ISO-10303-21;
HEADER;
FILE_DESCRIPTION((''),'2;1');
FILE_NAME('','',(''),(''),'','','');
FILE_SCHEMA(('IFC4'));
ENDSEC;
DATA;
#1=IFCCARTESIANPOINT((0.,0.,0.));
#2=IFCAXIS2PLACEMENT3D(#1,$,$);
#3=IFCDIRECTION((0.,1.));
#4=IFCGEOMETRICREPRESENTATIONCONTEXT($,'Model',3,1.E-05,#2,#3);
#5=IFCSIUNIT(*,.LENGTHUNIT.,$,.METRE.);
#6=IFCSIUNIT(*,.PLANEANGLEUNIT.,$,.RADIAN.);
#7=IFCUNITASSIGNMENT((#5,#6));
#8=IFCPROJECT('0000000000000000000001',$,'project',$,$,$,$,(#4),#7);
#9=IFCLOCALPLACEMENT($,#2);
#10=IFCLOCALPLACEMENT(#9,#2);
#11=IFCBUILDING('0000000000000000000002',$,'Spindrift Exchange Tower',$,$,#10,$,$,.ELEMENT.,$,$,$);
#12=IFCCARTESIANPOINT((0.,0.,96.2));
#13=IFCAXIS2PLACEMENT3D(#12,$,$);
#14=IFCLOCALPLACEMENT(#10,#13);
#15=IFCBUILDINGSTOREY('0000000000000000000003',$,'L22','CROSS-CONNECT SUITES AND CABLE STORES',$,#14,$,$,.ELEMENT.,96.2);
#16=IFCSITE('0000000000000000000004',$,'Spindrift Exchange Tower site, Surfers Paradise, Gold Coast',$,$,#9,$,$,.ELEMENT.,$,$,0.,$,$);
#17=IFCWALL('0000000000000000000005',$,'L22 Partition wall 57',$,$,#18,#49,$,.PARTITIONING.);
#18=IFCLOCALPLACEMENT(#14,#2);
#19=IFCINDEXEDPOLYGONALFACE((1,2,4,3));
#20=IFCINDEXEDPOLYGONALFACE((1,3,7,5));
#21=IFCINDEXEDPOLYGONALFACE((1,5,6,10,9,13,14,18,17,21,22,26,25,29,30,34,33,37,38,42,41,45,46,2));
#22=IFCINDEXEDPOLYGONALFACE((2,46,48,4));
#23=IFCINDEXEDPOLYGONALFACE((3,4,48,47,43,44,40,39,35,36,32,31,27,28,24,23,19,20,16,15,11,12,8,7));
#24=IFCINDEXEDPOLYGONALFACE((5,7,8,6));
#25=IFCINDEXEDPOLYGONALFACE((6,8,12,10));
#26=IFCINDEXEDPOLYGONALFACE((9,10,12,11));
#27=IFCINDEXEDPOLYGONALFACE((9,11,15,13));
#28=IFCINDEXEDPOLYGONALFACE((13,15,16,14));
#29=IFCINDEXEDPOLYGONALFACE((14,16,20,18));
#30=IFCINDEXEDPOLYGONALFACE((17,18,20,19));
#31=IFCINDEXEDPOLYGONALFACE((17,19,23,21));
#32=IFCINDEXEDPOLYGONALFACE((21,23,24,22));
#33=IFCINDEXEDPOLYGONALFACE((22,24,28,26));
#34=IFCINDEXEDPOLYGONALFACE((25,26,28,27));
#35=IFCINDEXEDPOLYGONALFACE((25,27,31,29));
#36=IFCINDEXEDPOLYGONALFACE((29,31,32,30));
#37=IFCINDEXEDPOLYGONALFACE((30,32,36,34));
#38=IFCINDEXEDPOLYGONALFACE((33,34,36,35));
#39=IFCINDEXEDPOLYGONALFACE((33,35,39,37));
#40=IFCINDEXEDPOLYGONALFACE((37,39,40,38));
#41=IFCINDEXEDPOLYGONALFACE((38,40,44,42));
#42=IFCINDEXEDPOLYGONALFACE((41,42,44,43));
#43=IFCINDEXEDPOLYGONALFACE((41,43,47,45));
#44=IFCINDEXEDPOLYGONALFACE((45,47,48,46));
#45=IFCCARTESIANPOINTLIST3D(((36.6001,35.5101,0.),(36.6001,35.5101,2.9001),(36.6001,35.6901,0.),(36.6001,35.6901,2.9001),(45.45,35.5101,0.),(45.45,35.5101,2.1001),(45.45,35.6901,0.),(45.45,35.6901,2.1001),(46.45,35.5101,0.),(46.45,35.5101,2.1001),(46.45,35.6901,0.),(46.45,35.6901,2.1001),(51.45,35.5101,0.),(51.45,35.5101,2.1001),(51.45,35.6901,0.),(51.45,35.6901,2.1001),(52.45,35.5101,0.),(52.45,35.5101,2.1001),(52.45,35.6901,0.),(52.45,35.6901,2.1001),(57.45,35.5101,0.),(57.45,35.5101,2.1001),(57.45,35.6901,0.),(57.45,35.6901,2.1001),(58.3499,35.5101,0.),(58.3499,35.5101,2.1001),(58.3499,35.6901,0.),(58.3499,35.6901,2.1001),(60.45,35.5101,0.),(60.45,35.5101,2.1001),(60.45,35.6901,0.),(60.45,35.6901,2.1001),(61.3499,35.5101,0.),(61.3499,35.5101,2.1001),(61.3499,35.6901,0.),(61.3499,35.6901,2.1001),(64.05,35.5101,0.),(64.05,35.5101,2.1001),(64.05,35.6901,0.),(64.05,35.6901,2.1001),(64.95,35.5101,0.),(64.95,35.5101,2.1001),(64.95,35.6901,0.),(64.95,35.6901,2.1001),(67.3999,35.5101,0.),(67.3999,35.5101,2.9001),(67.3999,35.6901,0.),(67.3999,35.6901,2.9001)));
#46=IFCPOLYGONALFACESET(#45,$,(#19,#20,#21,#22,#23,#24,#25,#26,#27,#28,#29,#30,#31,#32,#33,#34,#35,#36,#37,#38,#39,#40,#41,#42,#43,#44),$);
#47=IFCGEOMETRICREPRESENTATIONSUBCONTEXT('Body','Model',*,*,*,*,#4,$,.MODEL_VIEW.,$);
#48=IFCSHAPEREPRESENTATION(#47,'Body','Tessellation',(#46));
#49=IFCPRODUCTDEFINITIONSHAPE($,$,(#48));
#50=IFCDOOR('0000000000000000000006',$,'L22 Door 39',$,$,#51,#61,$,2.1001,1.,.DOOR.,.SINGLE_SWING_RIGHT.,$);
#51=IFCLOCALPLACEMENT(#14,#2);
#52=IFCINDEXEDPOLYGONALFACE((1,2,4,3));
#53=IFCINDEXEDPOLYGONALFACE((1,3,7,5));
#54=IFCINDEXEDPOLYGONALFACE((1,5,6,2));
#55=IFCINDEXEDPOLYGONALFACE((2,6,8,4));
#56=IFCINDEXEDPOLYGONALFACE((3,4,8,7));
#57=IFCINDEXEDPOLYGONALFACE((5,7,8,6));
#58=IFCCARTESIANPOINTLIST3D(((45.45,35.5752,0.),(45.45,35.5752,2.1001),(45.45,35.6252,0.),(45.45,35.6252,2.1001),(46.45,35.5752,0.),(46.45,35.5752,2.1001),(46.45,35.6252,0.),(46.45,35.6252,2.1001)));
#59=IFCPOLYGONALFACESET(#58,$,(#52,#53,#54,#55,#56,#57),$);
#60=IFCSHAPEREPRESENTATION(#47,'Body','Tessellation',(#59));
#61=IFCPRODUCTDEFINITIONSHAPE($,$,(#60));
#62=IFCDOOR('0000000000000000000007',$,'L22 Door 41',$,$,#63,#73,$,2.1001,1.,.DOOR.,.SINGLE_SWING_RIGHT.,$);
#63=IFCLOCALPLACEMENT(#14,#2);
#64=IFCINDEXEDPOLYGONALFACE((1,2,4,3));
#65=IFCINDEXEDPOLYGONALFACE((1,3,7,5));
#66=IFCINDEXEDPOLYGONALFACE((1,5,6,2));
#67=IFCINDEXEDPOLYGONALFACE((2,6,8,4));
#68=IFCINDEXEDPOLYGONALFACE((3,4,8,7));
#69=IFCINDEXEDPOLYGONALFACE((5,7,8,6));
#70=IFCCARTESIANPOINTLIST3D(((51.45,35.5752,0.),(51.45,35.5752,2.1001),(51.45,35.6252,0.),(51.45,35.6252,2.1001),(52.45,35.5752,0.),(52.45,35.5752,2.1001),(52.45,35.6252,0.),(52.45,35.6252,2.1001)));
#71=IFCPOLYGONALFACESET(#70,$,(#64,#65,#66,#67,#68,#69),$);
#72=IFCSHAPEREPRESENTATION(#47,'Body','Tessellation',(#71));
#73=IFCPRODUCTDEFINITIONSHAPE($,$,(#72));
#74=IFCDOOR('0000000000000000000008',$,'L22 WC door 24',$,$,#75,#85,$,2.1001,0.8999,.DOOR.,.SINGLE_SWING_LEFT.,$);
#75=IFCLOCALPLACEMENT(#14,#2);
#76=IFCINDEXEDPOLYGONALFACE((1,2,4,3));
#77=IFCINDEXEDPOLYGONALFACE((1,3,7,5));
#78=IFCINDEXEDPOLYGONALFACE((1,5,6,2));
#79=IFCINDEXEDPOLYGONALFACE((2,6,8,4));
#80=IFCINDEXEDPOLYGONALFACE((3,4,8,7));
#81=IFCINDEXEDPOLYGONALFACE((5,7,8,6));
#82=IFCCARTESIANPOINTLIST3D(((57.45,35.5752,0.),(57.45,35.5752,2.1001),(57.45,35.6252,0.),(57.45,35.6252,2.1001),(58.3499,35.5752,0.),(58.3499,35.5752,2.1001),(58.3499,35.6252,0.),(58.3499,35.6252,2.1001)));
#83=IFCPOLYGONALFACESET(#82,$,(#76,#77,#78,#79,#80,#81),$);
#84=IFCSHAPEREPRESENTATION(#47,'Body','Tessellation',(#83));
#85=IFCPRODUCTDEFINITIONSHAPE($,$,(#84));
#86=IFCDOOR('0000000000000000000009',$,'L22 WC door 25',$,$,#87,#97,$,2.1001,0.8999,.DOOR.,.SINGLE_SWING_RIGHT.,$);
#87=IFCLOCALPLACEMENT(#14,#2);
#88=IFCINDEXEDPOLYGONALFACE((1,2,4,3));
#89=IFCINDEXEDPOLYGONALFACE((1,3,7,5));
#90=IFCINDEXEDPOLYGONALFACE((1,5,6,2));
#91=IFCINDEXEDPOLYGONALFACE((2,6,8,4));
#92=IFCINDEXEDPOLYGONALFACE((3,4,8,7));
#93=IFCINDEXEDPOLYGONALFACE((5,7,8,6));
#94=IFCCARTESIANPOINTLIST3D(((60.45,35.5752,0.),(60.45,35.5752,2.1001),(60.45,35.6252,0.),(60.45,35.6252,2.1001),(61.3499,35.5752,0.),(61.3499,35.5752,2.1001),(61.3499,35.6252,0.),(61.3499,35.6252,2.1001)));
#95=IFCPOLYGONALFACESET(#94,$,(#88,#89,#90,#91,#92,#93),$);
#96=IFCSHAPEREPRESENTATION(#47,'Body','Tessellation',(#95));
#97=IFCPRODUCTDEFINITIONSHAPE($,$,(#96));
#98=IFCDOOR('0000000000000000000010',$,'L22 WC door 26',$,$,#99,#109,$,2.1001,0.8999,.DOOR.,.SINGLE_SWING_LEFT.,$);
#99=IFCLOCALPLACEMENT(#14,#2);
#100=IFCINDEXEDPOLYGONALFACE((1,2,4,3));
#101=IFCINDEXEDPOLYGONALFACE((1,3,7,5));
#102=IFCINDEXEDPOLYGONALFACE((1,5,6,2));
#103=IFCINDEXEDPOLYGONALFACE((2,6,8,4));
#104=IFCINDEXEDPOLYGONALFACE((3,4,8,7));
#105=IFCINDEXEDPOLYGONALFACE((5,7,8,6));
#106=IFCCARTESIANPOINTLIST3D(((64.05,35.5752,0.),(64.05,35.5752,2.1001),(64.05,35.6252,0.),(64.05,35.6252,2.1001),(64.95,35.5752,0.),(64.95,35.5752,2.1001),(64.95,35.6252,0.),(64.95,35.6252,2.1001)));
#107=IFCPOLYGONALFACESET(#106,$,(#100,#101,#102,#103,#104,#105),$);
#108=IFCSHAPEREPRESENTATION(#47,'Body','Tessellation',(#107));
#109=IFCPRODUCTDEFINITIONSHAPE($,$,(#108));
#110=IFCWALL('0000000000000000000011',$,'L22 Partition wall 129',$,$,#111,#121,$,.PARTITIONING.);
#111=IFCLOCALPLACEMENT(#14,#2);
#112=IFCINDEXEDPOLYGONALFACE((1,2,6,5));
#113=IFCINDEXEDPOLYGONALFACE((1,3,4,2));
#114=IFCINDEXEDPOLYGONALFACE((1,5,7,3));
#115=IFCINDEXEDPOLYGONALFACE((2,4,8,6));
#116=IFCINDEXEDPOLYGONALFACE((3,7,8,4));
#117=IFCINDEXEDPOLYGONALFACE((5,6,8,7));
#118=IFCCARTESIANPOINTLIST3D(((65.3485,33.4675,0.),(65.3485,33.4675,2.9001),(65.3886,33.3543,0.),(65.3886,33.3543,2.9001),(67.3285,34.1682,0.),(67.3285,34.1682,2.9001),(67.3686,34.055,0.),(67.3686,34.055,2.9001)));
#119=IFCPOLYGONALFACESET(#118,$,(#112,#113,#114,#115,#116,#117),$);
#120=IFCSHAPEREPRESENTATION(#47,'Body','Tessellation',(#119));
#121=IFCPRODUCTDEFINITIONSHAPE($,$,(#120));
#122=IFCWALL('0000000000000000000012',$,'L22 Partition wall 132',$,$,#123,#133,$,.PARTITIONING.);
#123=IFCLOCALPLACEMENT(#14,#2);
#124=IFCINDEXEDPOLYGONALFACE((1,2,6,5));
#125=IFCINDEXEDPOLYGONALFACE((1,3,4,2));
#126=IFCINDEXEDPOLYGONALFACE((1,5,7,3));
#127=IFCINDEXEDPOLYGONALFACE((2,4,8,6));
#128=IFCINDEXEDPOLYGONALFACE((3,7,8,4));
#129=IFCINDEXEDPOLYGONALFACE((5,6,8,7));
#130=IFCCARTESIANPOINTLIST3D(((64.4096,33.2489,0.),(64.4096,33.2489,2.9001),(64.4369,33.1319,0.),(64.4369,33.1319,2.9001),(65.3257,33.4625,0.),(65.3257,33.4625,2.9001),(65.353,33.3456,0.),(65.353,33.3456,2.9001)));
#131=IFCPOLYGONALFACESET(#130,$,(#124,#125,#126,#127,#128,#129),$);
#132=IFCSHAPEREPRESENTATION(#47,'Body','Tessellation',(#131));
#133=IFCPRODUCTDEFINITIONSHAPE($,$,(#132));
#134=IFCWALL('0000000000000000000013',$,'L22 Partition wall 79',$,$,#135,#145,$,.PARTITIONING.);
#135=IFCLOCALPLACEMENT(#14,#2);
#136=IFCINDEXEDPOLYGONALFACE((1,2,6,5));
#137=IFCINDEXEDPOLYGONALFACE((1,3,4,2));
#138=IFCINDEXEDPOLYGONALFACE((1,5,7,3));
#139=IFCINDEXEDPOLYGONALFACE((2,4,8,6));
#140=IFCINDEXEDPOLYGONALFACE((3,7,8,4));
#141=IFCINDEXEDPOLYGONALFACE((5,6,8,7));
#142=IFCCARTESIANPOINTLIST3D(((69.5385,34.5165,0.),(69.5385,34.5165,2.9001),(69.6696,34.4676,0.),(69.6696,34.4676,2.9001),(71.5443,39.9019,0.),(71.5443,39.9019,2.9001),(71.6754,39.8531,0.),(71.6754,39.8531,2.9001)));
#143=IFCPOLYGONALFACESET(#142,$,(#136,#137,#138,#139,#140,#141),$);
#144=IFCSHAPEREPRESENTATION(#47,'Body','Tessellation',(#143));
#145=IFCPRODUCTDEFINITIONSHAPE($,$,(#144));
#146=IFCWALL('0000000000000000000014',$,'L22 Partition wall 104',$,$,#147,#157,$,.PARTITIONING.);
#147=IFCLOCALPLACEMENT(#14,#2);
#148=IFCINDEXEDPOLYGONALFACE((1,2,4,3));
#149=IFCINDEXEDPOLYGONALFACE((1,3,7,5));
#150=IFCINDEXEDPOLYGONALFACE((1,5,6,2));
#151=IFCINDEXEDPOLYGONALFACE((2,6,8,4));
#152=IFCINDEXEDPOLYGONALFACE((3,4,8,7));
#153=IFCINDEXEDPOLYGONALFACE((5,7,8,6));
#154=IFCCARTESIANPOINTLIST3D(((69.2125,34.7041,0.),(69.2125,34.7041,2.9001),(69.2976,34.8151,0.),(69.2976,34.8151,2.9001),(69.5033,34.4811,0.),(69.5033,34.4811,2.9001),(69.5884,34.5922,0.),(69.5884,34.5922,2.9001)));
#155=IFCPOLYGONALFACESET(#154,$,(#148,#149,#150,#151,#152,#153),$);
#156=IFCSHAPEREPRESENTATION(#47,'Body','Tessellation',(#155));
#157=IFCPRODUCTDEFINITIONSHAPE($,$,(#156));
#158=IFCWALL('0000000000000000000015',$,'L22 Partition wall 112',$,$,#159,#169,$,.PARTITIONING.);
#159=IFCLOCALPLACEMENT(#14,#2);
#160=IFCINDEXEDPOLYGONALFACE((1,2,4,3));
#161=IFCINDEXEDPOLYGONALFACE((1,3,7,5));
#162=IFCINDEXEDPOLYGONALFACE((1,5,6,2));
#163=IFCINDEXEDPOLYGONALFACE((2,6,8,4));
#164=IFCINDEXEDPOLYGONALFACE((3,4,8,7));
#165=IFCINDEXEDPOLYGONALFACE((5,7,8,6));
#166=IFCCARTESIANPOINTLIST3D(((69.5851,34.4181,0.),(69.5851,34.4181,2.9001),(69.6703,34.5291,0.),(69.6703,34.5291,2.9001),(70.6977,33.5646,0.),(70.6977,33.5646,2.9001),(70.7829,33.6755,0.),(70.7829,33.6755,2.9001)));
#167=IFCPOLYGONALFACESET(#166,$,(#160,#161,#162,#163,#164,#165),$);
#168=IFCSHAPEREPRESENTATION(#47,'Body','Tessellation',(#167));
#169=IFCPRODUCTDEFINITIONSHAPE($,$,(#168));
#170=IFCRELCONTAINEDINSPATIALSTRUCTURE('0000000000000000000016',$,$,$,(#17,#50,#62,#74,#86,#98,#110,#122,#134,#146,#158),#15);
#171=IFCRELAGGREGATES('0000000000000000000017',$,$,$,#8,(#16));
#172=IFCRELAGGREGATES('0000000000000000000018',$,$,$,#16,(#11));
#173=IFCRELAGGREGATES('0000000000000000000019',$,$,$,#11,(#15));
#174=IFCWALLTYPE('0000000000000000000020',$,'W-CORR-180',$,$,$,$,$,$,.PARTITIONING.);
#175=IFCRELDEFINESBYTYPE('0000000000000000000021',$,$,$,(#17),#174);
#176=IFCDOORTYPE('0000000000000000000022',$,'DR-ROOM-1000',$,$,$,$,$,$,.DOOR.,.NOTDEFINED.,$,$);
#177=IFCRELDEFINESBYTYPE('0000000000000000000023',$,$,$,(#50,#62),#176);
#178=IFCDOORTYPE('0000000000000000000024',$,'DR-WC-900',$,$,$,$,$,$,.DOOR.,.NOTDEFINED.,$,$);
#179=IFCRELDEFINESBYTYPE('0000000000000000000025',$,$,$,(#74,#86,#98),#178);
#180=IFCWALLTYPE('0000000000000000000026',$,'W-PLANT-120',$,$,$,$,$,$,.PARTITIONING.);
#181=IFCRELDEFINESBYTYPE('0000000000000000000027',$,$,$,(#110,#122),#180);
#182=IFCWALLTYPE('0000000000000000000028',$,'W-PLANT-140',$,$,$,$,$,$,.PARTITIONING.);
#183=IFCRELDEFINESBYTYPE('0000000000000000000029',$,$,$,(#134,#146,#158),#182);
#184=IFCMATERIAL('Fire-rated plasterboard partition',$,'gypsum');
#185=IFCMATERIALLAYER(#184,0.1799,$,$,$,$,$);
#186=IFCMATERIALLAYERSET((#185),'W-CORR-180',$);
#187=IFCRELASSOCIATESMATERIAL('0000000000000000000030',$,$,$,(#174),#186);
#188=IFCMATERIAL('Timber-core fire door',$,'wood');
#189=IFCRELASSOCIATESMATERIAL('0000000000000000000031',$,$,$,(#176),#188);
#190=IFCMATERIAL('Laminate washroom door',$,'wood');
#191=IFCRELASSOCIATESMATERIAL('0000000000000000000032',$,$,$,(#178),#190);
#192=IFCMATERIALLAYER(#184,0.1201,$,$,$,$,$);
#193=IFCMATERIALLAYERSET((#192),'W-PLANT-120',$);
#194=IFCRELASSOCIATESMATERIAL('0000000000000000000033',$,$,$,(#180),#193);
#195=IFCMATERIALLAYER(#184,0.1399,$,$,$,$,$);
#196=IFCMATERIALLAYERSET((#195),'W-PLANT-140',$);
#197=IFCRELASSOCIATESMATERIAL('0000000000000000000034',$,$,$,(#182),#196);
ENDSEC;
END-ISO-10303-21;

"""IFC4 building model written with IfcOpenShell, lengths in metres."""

from ifc_helpers import new_model, si_unit, direction, frame, frame_2d, origin, place, context, subcontext, project, spatial, rectangle, extrude, source, transform, mapped, material, layer, layer_set, type_object, element, fill, save


model = new_model("IFC4")

# Units and contexts
model_context = context("Model", 3, precision=1e-05, world=origin(), true_north=direction((0.0, 1.0)))
body_context = subcontext(model_context, "Body", "Model", "MODEL_VIEW")
ifc_project = project(units=[si_unit("LENGTHUNIT", "METRE"), si_unit("PLANEANGLEUNIT", "RADIAN")], contexts=[model_context])

# Site, building, storey
site_placement = place(None, origin())
site = spatial("IfcSite", under=ifc_project, at=site_placement, Name="Spindrift Exchange Tower site, Surfers Paradise, Gold Coast", CompositionType="ELEMENT", RefElevation=0.0)
building_placement = place(site_placement, origin())
building = spatial("IfcBuilding", under=site, at=building_placement, Name="Spindrift Exchange Tower", CompositionType="ELEMENT")
storey_placement = place(building_placement, frame((0.0, 0.0, 96.2)))
storey = spatial("IfcBuildingStorey", under=building, at=storey_placement, Name="L22", Description="CROSS-CONNECT SUITES AND CABLE STORES", CompositionType="ELEMENT", Elevation=96.2)

# Wall, openings, doors
ifc_material_1 = material(Name="Fire-rated plasterboard partition", Category="gypsum")
ifc_layer_1 = layer(ifc_material_1, 0.1799)
ifc_layer_set_1 = layer_set([ifc_layer_1], Name="W-CORR-180")
wall_type_1 = type_object("IfcWallType", Name="W-CORR-180", PredefinedType="PARTITIONING", material=ifc_layer_set_1)
wall_1_placement = place(storey_placement, frame((67.3999, 35.6001, 0.0), z_axis=(0.0, 0.0, 1.0), x_axis=(-1.0, 0.0, 0.0)))
wall_1 = element("IfcWall", 1, at=wall_1_placement, inside=storey, type_object=wall_type_1, Name="L22 Partition wall 57", PredefinedType="PARTITIONING", context=body_context, shape_type="SweptSolid", body=[
    extrude(rectangle(XDim=30.7998, YDim=0.1799, at=frame_2d((15.3999, 0.0))), origin(), (0.0, 0.0, 1.0), 2.9001),
])
opening_1_placement = place(wall_1_placement, frame((9.05, 0.0, 0.0)))
opening_1 = element("IfcOpeningElement", 2, at=opening_1_placement, cuts=wall_1, PredefinedType="OPENING", context=body_context, shape_type="SweptSolid", body=[
    extrude(rectangle(XDim=0.8999, YDim=2.1001, at=frame_2d((0.45, 1.05))), frame((0.0, 0.0999, 0.0), z_axis=(0.0, -1.0, 0.0), x_axis=(1.0, 0.0, 0.0)), (0.0, 0.0, 1.0), 0.2),
])
opening_2_placement = place(wall_1_placement, frame((6.05, 0.0, 0.0)))
opening_2 = element("IfcOpeningElement", 3, at=opening_2_placement, cuts=wall_1, PredefinedType="OPENING", context=body_context, shape_type="SweptSolid", body=[
    extrude(rectangle(XDim=0.8999, YDim=2.1001, at=frame_2d((0.45, 1.05))), frame((0.0, 0.0999, 0.0), z_axis=(0.0, -1.0, 0.0), x_axis=(1.0, 0.0, 0.0)), (0.0, 0.0, 1.0), 0.2),
])
opening_3_placement = place(wall_1_placement, frame((2.45, 0.0, 0.0)))
opening_3 = element("IfcOpeningElement", 4, at=opening_3_placement, cuts=wall_1, PredefinedType="OPENING", context=body_context, shape_type="SweptSolid", body=[
    extrude(rectangle(XDim=0.8999, YDim=2.1001, at=frame_2d((0.45, 1.05))), frame((0.0, 0.0999, 0.0), z_axis=(0.0, -1.0, 0.0), x_axis=(1.0, 0.0, 0.0)), (0.0, 0.0, 1.0), 0.2),
])
opening_4_placement = place(wall_1_placement, frame((20.95, 0.0, 0.0)))
opening_4 = element("IfcOpeningElement", 5, at=opening_4_placement, cuts=wall_1, PredefinedType="OPENING", context=body_context, shape_type="SweptSolid", body=[
    extrude(rectangle(XDim=1.0, YDim=2.1001, at=frame_2d((0.5, 1.05))), frame((0.0, 0.0999, 0.0), z_axis=(0.0, -1.0, 0.0), x_axis=(1.0, 0.0, 0.0)), (0.0, 0.0, 1.0), 0.2),
])
opening_5_placement = place(wall_1_placement, frame((14.95, 0.0, 0.0)))
opening_5 = element("IfcOpeningElement", 6, at=opening_5_placement, cuts=wall_1, PredefinedType="OPENING", context=body_context, shape_type="SweptSolid", body=[
    extrude(rectangle(XDim=1.0, YDim=2.1001, at=frame_2d((0.5, 1.05))), frame((0.0, 0.0999, 0.0), z_axis=(0.0, -1.0, 0.0), x_axis=(1.0, 0.0, 0.0)), (0.0, 0.0, 1.0), 0.2),
])
ifc_material_2 = material(Name="Timber-core fire door", Category="wood")
door_type_1 = type_object("IfcDoorType", Name="DR-ROOM-1000", OperationType="NOTDEFINED", PredefinedType="DOOR", material=ifc_material_2)
shared_shape_1 = source(origin(), body_context, "Body", "SweptSolid", [
    extrude(rectangle(XDim=1.0, YDim=2.1001, at=frame_2d((0.5, 1.05))), frame((0.0, 0.0249, 0.0), z_axis=(0.0, -1.0, 0.0), x_axis=(1.0, 0.0, 0.0)), (0.0, 0.0, 1.0), 0.05),
])
door_1_placement = place(opening_4_placement, origin())
door_1 = element("IfcDoor", 7, at=door_1_placement, inside=storey, type_object=door_type_1, Name="L22 Door 39", OperationType="SINGLE_SWING_RIGHT", OverallHeight=2.1001, OverallWidth=1.0, PredefinedType="DOOR", context=body_context, shape_type="MappedRepresentation", body=[
    mapped(shared_shape_1, transform((0.0, 0.0, 0.0), scale=1.0)),
])
fill(opening_4, door_1)
door_2_placement = place(opening_5_placement, origin())
door_2 = element("IfcDoor", 8, at=door_2_placement, inside=storey, type_object=door_type_1, Name="L22 Door 41", OperationType="SINGLE_SWING_RIGHT", OverallHeight=2.1001, OverallWidth=1.0, PredefinedType="DOOR", context=body_context, shape_type="MappedRepresentation", body=[
    mapped(shared_shape_1, transform((0.0, 0.0, 0.0), scale=1.0)),
])
fill(opening_5, door_2)
ifc_material_3 = material(Name="Laminate washroom door", Category="wood")
door_type_2 = type_object("IfcDoorType", Name="DR-WC-900", OperationType="NOTDEFINED", PredefinedType="DOOR", material=ifc_material_3)
shared_shape_2 = source(origin(), body_context, "Body", "SweptSolid", [
    extrude(rectangle(XDim=0.8999, YDim=2.1001, at=frame_2d((0.45, 1.05))), frame((0.0, 0.0249, 0.0), z_axis=(0.0, -1.0, 0.0), x_axis=(1.0, 0.0, 0.0)), (0.0, 0.0, 1.0), 0.05),
])
door_3_placement = place(opening_1_placement, origin())
door_3 = element("IfcDoor", 9, at=door_3_placement, inside=storey, type_object=door_type_2, Name="L22 WC door 24", OperationType="SINGLE_SWING_LEFT", OverallHeight=2.1001, OverallWidth=0.8999, PredefinedType="DOOR", context=body_context, shape_type="MappedRepresentation", body=[
    mapped(shared_shape_2, transform((0.0, 0.0, 0.0), scale=1.0)),
])
fill(opening_1, door_3)
door_4_placement = place(opening_2_placement, origin())
door_4 = element("IfcDoor", 10, at=door_4_placement, inside=storey, type_object=door_type_2, Name="L22 WC door 25", OperationType="SINGLE_SWING_RIGHT", OverallHeight=2.1001, OverallWidth=0.8999, PredefinedType="DOOR", context=body_context, shape_type="MappedRepresentation", body=[
    mapped(shared_shape_2, transform((0.0, 0.0, 0.0), scale=1.0)),
])
fill(opening_2, door_4)
door_5_placement = place(opening_3_placement, origin())
door_5 = element("IfcDoor", 11, at=door_5_placement, inside=storey, type_object=door_type_2, Name="L22 WC door 26", OperationType="SINGLE_SWING_LEFT", OverallHeight=2.1001, OverallWidth=0.8999, PredefinedType="DOOR", context=body_context, shape_type="MappedRepresentation", body=[
    mapped(shared_shape_2, transform((0.0, 0.0, 0.0), scale=1.0)),
])
fill(opening_3, door_5)

# Walls
ifc_layer_2 = layer(ifc_material_1, 0.1201)
ifc_layer_set_2 = layer_set([ifc_layer_2], Name="W-PLANT-120")
wall_type_2 = type_object("IfcWallType", Name="W-PLANT-120", PredefinedType="PARTITIONING", material=ifc_layer_set_2)
wall_2_placement = place(storey_placement, frame((65.3684, 33.4109, 0.0), z_axis=(0.0, 0.0, 1.0), x_axis=(0.942711, 0.33361, 0.0)))
element("IfcWall", 12, at=wall_2_placement, inside=storey, type_object=wall_type_2, Name="L22 Partition wall 129", PredefinedType="PARTITIONING", context=body_context, shape_type="SweptSolid", body=[
    extrude(rectangle(XDim=2.1003, YDim=0.1201, at=frame_2d((1.0503, 0.0))), origin(), (0.0, 0.0, 1.0), 2.9001),
])
wall_3_placement = place(storey_placement, frame((64.4233, 33.1904, 0.0), z_axis=(0.0, 0.0, 1.0), x_axis=(0.973868, 0.227115, 0.0)))
element("IfcWall", 13, at=wall_3_placement, inside=storey, type_object=wall_type_2, Name="L22 Partition wall 132", PredefinedType="PARTITIONING", context=body_context, shape_type="SweptSolid", body=[
    extrude(rectangle(XDim=0.9407, YDim=0.1201, at=frame_2d((0.4702, 0.0))), origin(), (0.0, 0.0, 1.0), 2.9001),
])
ifc_layer_3 = layer(ifc_material_1, 0.1399)
ifc_layer_set_3 = layer_set([ifc_layer_3], Name="W-PLANT-140")
wall_type_3 = type_object("IfcWallType", Name="W-PLANT-140", PredefinedType="PARTITIONING", material=ifc_layer_set_3)
wall_4_placement = place(storey_placement, frame((69.604, 34.4919, 0.0), z_axis=(0.0, 0.0, 1.0), x_axis=(0.349032, 0.937111, 0.0)))
element("IfcWall", 14, at=wall_4_placement, inside=storey, type_object=wall_type_3, Name="L22 Partition wall 79", PredefinedType="PARTITIONING", context=body_context, shape_type="SweptSolid", body=[
    extrude(rectangle(XDim=5.7468, YDim=0.1399, at=frame_2d((2.8735, 0.0))), origin(), (0.0, 0.0, 1.0), 2.9001),
])
wall_5_placement = place(storey_placement, frame((69.2551, 34.7595, 0.0), z_axis=(0.0, 0.0, 1.0), x_axis=(0.793639, -0.60839, 0.0)))
element("IfcWall", 15, at=wall_5_placement, inside=storey, type_object=wall_type_3, Name="L22 Partition wall 104", PredefinedType="PARTITIONING", context=body_context, shape_type="SweptSolid", body=[
    extrude(rectangle(XDim=0.3665, YDim=0.1399, at=frame_2d((0.1831, 0.0))), origin(), (0.0, 0.0, 1.0), 2.9001),
])
wall_6_placement = place(storey_placement, frame((69.6277, 34.4736, 0.0), z_axis=(0.0, 0.0, 1.0), x_axis=(0.793413, -0.608684, 0.0)))
element("IfcWall", 16, at=wall_6_placement, inside=storey, type_object=wall_type_3, Name="L22 Partition wall 112", PredefinedType="PARTITIONING", context=body_context, shape_type="SweptSolid", body=[
    extrude(rectangle(XDim=1.4023, YDim=0.1399, at=frame_2d((0.7012, 0.0))), origin(), (0.0, 0.0, 1.0), 2.9001),
])

save(model, "model.ifc")
